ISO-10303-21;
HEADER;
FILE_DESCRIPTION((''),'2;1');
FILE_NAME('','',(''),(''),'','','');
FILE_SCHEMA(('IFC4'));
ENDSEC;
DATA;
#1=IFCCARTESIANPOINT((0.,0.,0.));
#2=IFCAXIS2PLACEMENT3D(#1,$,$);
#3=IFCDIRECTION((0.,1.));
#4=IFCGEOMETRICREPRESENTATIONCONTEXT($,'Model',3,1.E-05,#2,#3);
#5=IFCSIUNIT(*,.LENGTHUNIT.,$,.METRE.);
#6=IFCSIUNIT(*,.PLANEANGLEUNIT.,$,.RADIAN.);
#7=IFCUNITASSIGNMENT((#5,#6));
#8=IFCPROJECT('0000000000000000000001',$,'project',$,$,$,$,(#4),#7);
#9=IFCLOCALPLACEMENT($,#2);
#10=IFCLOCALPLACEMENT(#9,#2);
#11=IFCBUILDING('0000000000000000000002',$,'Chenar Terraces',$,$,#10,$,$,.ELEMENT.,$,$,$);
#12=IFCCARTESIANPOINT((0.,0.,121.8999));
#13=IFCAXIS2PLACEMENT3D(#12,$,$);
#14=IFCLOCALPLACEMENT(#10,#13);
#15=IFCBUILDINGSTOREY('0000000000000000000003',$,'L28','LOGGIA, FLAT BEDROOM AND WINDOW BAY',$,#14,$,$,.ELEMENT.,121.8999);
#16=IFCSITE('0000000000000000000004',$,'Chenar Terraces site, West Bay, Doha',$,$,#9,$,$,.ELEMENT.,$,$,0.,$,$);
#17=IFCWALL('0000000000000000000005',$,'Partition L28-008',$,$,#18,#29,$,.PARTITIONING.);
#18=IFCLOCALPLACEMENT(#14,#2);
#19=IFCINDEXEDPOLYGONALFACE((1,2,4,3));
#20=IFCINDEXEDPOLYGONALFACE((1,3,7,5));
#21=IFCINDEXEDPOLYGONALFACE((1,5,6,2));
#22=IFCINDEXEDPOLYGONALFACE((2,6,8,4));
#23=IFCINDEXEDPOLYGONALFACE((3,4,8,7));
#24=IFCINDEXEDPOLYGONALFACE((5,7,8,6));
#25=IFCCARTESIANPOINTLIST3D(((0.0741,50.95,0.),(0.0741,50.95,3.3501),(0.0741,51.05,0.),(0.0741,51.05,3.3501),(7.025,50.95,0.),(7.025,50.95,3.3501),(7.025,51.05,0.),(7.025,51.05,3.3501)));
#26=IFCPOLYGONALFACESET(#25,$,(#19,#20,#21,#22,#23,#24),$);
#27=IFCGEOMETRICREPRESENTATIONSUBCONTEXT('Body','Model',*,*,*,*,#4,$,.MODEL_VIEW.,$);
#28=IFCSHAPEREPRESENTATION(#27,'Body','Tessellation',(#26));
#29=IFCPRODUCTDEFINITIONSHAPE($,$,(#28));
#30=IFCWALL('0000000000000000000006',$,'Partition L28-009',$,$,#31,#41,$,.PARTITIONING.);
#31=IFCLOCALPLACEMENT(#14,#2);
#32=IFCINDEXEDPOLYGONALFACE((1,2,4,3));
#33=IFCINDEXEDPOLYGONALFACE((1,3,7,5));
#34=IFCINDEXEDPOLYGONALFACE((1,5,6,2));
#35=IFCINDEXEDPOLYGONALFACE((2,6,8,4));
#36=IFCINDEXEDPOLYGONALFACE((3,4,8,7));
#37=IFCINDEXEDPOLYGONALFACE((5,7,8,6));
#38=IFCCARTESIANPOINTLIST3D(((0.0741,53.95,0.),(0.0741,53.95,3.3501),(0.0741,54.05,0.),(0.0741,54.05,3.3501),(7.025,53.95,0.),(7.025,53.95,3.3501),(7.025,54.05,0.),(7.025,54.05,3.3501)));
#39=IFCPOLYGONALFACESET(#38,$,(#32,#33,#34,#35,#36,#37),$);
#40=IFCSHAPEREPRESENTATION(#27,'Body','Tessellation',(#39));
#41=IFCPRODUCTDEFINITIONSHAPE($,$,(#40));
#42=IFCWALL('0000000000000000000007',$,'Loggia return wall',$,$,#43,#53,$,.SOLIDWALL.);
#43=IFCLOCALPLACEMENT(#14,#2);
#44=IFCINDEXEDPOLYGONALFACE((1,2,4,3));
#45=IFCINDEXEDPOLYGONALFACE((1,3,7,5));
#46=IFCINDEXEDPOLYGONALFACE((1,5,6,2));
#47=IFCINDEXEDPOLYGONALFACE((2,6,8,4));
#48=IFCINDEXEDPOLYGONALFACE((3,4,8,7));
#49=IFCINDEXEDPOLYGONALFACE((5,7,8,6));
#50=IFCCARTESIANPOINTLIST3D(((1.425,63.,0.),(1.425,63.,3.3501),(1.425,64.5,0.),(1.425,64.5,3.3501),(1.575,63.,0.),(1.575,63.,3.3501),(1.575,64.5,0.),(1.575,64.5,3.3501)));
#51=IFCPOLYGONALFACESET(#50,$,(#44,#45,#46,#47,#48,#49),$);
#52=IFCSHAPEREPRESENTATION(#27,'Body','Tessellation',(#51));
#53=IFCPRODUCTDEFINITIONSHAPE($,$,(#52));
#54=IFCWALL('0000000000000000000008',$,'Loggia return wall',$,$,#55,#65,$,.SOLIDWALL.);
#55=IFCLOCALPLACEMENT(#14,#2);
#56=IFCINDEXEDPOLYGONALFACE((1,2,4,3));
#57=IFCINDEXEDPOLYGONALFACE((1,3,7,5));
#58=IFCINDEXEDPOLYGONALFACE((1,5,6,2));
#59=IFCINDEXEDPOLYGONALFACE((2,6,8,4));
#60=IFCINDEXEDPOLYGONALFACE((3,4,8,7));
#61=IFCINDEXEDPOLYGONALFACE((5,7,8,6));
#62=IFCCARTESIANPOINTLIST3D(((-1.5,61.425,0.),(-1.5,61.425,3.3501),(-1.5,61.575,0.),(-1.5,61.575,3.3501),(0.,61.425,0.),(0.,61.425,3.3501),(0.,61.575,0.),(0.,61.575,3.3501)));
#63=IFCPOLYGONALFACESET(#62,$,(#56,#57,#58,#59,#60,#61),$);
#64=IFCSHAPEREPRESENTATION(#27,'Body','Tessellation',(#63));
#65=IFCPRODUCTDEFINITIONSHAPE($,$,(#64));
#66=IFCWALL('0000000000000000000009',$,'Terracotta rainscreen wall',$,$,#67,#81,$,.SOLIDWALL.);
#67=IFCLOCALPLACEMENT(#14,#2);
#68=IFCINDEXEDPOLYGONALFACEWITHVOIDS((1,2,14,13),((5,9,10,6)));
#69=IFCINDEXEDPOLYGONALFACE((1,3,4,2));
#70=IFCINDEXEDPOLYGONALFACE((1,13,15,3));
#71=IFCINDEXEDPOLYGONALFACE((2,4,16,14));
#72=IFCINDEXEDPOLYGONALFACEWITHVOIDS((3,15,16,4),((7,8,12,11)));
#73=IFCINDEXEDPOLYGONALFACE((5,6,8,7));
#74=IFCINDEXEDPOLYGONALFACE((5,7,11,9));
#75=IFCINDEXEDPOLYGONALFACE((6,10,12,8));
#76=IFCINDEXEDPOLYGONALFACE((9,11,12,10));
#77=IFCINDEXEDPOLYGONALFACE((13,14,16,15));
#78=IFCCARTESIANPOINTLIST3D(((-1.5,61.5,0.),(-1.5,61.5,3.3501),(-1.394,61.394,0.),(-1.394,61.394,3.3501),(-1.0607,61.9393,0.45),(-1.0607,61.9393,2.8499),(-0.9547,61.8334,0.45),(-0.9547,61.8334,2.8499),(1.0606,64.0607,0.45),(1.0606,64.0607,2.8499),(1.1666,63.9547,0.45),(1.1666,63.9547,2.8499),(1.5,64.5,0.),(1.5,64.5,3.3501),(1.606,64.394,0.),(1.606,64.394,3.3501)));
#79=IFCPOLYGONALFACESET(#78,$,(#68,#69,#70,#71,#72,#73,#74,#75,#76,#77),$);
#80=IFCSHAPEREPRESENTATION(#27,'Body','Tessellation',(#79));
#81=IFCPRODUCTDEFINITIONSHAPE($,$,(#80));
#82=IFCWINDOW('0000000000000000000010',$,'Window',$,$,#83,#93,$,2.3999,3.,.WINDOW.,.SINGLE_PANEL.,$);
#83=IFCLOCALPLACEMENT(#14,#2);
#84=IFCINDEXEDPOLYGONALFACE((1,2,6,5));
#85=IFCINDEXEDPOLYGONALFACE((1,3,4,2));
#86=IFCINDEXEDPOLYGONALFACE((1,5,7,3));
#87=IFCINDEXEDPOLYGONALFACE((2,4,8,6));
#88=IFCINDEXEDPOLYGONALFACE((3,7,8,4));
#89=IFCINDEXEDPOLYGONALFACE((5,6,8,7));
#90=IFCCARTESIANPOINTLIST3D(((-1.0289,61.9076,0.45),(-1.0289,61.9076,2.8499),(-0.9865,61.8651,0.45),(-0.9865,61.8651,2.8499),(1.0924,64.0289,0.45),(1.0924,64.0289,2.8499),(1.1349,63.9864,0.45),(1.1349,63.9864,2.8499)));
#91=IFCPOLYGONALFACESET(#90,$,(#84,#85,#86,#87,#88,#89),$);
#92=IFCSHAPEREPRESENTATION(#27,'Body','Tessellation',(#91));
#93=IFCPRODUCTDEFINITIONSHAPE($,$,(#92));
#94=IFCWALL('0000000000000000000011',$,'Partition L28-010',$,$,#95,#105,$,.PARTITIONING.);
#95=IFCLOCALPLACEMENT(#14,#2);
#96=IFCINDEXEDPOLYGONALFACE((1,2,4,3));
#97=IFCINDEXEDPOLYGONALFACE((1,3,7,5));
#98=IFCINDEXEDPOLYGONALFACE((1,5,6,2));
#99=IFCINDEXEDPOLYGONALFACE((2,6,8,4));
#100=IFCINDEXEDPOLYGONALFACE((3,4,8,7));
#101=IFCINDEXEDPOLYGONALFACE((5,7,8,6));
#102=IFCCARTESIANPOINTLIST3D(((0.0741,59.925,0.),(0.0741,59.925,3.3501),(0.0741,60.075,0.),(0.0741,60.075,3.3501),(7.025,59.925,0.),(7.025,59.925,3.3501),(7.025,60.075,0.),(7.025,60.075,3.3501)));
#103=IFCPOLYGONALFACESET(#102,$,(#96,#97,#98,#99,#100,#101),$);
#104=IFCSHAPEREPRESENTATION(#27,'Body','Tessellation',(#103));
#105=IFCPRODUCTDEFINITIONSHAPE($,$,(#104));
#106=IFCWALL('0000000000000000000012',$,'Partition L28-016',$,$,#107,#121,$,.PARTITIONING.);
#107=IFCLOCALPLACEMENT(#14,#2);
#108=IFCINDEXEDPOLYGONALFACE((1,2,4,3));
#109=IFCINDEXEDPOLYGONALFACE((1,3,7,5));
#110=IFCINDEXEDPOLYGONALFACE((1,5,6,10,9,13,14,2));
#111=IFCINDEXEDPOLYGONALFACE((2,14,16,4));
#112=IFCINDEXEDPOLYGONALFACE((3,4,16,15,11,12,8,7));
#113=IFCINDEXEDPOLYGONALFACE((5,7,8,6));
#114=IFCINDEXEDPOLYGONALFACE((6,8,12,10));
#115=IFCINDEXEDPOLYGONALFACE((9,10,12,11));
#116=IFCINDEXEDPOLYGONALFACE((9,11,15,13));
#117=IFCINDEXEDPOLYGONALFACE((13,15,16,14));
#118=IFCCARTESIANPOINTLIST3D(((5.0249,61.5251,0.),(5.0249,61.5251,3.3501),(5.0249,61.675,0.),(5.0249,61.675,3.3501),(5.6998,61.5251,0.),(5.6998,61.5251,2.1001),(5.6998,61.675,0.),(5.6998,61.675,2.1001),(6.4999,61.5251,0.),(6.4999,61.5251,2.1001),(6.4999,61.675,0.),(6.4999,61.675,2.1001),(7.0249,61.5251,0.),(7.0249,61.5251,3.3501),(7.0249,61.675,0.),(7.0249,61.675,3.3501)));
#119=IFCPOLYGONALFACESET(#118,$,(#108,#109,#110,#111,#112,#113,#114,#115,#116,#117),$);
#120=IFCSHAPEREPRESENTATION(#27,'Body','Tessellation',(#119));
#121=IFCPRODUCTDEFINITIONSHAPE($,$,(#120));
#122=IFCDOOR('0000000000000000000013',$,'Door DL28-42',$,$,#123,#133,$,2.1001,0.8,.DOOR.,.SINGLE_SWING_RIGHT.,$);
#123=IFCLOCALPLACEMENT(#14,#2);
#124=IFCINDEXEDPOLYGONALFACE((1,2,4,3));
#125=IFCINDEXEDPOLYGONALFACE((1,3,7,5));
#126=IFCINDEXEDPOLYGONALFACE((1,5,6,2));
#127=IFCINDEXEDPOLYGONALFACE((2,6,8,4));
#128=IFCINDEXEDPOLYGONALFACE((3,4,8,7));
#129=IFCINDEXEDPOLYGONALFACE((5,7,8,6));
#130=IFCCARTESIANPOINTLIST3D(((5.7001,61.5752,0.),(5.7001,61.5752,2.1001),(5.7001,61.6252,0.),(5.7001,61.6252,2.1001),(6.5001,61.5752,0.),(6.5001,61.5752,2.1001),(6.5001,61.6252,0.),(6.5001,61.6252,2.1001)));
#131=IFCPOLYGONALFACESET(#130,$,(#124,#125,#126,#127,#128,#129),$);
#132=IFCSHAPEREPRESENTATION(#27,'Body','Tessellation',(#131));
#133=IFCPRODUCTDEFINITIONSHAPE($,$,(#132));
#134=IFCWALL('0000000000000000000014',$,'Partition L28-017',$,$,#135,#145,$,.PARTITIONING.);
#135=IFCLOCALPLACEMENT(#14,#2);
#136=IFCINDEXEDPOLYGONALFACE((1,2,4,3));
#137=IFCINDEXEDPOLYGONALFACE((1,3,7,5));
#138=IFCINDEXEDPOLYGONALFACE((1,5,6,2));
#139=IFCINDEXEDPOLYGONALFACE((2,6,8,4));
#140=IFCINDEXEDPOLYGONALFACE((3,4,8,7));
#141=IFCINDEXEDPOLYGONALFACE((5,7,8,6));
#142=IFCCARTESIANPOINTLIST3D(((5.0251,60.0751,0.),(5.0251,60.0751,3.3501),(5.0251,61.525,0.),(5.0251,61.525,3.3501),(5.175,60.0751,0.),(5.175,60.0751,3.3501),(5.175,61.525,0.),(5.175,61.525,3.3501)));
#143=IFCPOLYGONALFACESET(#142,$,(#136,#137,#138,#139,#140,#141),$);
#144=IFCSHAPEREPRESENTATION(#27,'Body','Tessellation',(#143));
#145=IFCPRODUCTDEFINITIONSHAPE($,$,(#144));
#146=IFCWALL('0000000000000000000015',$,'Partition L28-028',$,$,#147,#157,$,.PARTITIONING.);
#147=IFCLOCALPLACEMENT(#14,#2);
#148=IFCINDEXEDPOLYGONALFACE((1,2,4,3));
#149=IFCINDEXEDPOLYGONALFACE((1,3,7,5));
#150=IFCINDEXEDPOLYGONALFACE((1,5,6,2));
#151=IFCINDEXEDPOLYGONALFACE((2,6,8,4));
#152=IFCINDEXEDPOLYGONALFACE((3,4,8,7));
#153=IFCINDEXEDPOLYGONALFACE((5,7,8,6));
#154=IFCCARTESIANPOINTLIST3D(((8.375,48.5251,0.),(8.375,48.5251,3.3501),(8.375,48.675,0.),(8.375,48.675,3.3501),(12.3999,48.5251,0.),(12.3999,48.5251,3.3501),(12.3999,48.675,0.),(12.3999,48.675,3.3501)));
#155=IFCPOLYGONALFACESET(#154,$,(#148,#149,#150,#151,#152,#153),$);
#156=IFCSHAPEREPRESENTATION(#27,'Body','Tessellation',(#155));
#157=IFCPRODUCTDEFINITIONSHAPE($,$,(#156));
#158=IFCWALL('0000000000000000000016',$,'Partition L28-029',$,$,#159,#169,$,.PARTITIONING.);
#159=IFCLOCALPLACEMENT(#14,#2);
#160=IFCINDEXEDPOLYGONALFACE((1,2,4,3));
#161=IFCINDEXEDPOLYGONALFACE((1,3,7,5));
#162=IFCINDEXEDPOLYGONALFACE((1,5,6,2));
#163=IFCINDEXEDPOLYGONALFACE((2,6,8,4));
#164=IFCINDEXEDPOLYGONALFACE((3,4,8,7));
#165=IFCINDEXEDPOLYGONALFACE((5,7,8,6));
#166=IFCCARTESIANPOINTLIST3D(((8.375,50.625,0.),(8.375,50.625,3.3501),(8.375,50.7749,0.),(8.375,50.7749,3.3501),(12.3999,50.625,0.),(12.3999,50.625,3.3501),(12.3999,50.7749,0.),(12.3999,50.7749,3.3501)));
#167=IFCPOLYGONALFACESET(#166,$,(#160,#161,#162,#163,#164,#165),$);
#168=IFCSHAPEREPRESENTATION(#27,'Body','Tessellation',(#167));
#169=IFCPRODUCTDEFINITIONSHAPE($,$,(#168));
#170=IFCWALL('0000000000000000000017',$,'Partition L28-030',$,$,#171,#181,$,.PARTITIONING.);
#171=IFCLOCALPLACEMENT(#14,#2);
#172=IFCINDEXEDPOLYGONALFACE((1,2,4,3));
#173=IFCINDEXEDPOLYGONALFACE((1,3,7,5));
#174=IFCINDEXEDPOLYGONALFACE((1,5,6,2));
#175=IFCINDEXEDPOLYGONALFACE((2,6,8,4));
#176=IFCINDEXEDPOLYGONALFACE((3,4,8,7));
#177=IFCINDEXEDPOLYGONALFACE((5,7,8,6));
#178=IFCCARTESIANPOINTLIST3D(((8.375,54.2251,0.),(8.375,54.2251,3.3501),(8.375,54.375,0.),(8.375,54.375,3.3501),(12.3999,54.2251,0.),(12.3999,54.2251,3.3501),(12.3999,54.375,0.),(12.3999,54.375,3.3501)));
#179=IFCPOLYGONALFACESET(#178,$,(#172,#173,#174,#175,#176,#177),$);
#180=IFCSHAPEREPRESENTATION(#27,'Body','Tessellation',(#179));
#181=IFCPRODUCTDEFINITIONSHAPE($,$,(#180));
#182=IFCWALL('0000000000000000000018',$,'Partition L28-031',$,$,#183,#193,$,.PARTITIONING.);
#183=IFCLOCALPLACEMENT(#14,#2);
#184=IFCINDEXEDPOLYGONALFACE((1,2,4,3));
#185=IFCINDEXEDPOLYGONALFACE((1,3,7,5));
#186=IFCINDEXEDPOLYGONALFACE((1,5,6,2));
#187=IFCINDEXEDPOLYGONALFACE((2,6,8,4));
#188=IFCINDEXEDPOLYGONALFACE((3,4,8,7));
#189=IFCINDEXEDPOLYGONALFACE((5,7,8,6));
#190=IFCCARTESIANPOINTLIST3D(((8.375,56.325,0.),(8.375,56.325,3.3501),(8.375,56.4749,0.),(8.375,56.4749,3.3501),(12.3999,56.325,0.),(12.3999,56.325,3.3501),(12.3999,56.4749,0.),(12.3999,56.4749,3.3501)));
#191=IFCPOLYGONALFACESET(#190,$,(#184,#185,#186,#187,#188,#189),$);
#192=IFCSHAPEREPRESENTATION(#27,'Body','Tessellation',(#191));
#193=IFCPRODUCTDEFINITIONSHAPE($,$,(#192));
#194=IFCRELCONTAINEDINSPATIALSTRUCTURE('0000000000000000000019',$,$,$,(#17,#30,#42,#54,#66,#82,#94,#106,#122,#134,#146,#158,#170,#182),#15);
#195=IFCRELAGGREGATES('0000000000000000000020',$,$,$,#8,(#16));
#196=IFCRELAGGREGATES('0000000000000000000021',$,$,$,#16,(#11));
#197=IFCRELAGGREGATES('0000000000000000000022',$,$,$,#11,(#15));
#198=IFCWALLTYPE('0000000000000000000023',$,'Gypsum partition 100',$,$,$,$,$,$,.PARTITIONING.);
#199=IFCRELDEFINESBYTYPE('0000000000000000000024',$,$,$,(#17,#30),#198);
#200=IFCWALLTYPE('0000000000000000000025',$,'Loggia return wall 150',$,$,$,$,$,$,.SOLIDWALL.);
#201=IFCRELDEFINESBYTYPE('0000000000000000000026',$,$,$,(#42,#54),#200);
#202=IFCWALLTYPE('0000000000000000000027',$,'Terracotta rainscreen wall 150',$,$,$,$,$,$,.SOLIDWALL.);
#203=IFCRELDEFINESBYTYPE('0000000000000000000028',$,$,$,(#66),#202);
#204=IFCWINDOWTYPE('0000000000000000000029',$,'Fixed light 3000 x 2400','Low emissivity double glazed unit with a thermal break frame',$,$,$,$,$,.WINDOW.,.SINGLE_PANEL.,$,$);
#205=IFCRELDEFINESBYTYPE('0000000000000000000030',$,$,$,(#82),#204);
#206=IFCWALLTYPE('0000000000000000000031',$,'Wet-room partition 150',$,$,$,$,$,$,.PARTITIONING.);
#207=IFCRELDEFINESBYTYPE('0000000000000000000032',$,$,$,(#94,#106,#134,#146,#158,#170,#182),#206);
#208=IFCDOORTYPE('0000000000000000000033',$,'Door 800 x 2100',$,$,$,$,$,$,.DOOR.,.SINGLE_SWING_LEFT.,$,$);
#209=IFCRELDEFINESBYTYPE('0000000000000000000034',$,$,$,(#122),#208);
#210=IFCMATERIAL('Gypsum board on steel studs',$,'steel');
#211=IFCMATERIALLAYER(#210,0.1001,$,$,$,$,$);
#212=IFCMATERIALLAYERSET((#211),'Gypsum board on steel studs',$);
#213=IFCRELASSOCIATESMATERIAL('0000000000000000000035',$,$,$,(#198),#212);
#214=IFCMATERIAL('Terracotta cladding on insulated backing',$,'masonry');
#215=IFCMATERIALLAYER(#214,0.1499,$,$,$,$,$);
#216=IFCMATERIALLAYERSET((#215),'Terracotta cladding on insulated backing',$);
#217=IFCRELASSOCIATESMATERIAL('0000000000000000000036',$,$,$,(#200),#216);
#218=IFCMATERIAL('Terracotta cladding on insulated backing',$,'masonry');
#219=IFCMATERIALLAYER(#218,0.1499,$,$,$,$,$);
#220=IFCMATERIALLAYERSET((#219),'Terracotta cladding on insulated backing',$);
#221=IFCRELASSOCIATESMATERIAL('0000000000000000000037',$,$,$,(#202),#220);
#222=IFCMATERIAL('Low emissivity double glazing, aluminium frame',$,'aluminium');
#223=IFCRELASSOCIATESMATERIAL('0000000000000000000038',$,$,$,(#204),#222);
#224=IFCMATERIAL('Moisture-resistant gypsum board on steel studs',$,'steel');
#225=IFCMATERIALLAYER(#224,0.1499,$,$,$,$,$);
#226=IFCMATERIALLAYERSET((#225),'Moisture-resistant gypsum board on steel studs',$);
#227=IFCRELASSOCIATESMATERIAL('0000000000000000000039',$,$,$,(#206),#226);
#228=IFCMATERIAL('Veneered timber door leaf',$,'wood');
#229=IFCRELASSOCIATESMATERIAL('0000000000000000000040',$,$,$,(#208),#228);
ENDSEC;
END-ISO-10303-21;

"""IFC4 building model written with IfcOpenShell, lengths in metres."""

from ifc_helpers import new_model, si_unit, direction, frame, frame_2d, origin, place, context, subcontext, project, spatial, rectangle, extrude, material, layer, layer_set, type_object, element, fill, save


model = new_model("IFC4")

# Units and contexts
model_context = context("Model", 3, precision=1e-05, world=origin(), true_north=direction((0.0, 1.0)))
body_context = subcontext(model_context, "Body", "Model", "MODEL_VIEW")
ifc_project = project(units=[si_unit("LENGTHUNIT", "METRE"), si_unit("PLANEANGLEUNIT", "RADIAN")], contexts=[model_context])

# Site, building, storey
site_placement = place(None, origin())
site = spatial("IfcSite", under=ifc_project, at=site_placement, Name="Chenar Terraces site, West Bay, Doha", CompositionType="ELEMENT", RefElevation=0.0)
building_placement = place(site_placement, origin())
building = spatial("IfcBuilding", under=site, at=building_placement, Name="Chenar Terraces", CompositionType="ELEMENT")
storey_placement = place(building_placement, frame((0.0, 0.0, 121.8999)))
storey = spatial("IfcBuildingStorey", under=building, at=storey_placement, Name="L28", Description="LOGGIA, FLAT BEDROOM AND WINDOW BAY", CompositionType="ELEMENT", Elevation=121.8999)

# Walls
ifc_material_1 = material(Name="Gypsum board on steel studs", Category="steel")
ifc_layer_1 = layer(ifc_material_1, 0.1001)
ifc_layer_set_1 = layer_set([ifc_layer_1], Name="Gypsum board on steel studs")
wall_type_1 = type_object("IfcWallType", Name="Gypsum partition 100", PredefinedType="PARTITIONING", material=ifc_layer_set_1)
for number, where, z_axis, x_axis, name in (
    (1, (0.074, 51.0, 0.0), (0.0, 0.0, 1.0), (1.0, 0.0, 0.0), "Partition L28-008"),
    (2, (0.074, 54.0, 0.0), (0.0, 0.0, 1.0), (1.0, 0.0, 0.0), "Partition L28-009"),
):
    element("IfcWall", number, at=place(storey_placement, frame(where, z_axis=z_axis, x_axis=x_axis)), inside=storey, type_object=wall_type_1, Name=name, PredefinedType="PARTITIONING", context=body_context, shape_type="SweptSolid", body=[
        extrude(rectangle(XDim=6.9509, YDim=0.1001, at=frame_2d((3.4756, 0.0))), origin(), (0.0, 0.0, 1.0), 3.3501),
    ])
ifc_material_2 = material(Name="Terracotta cladding on insulated backing", Category="masonry")
ifc_layer_2 = layer(ifc_material_2, 0.1499)
ifc_layer_set_2 = layer_set([ifc_layer_2], Name="Terracotta cladding on insulated backing")
wall_type_2 = type_object("IfcWallType", Name="Loggia return wall 150", PredefinedType="SOLIDWALL", material=ifc_layer_set_2)
for number, where, z_axis, x_axis, name in (
    (3, (1.5, 64.5, 0.0), (0.0, 0.0, 1.0), (0.0, -1.0, 0.0), "Loggia return wall"),
    (4, (-1.5, 61.5, 0.0), (0.0, 0.0, 1.0), (1.0, 0.0, 0.0), "Loggia return wall"),
):
    element("IfcWall", number, at=place(storey_placement, frame(where, z_axis=z_axis, x_axis=x_axis)), inside=storey, type_object=wall_type_2, Name=name, PredefinedType="SOLIDWALL", context=body_context, shape_type="SweptSolid", body=[
        extrude(rectangle(XDim=1.5, YDim=0.1499, at=frame_2d((0.75, 0.0))), origin(), (0.0, 0.0, 1.0), 3.3501),
    ])

# Wall, opening, window
ifc_material_3 = material(Name="Terracotta cladding on insulated backing", Category="masonry")
ifc_layer_3 = layer(ifc_material_3, 0.1499)
ifc_layer_set_3 = layer_set([ifc_layer_3], Name="Terracotta cladding on insulated backing")
wall_type_3 = type_object("IfcWallType", Name="Terracotta rainscreen wall 150", PredefinedType="SOLIDWALL", material=ifc_layer_set_3)
wall_1_placement = place(storey_placement, frame((1.553, 64.447, 0.0), z_axis=(0.0, 0.0, 1.0), x_axis=(-0.707107, -0.707107, 0.0)))
wall_1 = element("IfcWall", 5, at=wall_1_placement, inside=storey, type_object=wall_type_3, Name="Terracotta rainscreen wall", PredefinedType="SOLIDWALL", context=body_context, shape_type="SweptSolid", body=[
    extrude(rectangle(XDim=4.2427, YDim=0.1499, at=frame_2d((2.1213, 0.0))), origin(), (0.0, 0.0, 1.0), 3.3501),
])
opening_1_placement = place(wall_1_placement, frame((0.6213, 0.0, 0.45)))
opening_1 = element("IfcOpeningElement", 6, at=opening_1_placement, cuts=wall_1, PredefinedType="OPENING", context=body_context, shape_type="SweptSolid", body=[
    extrude(rectangle(XDim=3.0, YDim=2.3999, at=frame_2d((1.5, 1.2))), frame((0.0, 0.085, 0.0), z_axis=(0.0, -1.0, 0.0), x_axis=(1.0, 0.0, 0.0)), (0.0, 0.0, 1.0), 0.1699),
])
ifc_material_4 = material(Name="Low emissivity double glazing, aluminium frame", Category="aluminium")
window_type_1 = type_object("IfcWindowType", Name="Fixed light 3000 x 2400", Description="Low emissivity double glazed unit with a thermal break frame", PartitioningType="SINGLE_PANEL", PredefinedType="WINDOW", material=ifc_material_4)
window_1_placement = place(opening_1_placement, origin())
window_1 = element("IfcWindow", 7, at=window_1_placement, inside=storey, type_object=window_type_1, Name="Window", OverallHeight=2.3999, OverallWidth=3.0, PartitioningType="SINGLE_PANEL", PredefinedType="WINDOW", context=body_context, shape_type="SweptSolid", body=[
    extrude(rectangle(XDim=3.0, YDim=2.3999, at=frame_2d((1.5, 1.2))), frame((0.0, 0.03, 0.0), z_axis=(0.0, -1.0, 0.0), x_axis=(1.0, 0.0, 0.0)), (0.0, 0.0, 1.0), 0.0601),
])
fill(opening_1, window_1)

# Wall
ifc_material_5 = material(Name="Moisture-resistant gypsum board on steel studs", Category="steel")
ifc_layer_4 = layer(ifc_material_5, 0.1499)
ifc_layer_set_4 = layer_set([ifc_layer_4], Name="Moisture-resistant gypsum board on steel studs")
wall_type_4 = type_object("IfcWallType", Name="Wet-room partition 150", PredefinedType="PARTITIONING", material=ifc_layer_set_4)
wall_2_placement = place(storey_placement, frame((0.074, 60.0, 0.0), z_axis=(0.0, 0.0, 1.0), x_axis=(1.0, 0.0, 0.0)))
element("IfcWall", 8, at=wall_2_placement, inside=storey, type_object=wall_type_4, Name="Partition L28-010", PredefinedType="PARTITIONING", context=body_context, shape_type="SweptSolid", body=[
    extrude(rectangle(XDim=6.9509, YDim=0.1499, at=frame_2d((3.4756, 0.0))), origin(), (0.0, 0.0, 1.0), 3.3501),
])

# Wall, opening, door
wall_3_placement = place(storey_placement, frame((5.0249, 61.6001, 0.0), z_axis=(0.0, 0.0, 1.0), x_axis=(1.0, 0.0, 0.0)))
wall_3 = element("IfcWall", 9, at=wall_3_placement, inside=storey, type_object=wall_type_4, Name="Partition L28-016", PredefinedType="PARTITIONING", context=body_context, shape_type="SweptSolid", body=[
    extrude(rectangle(XDim=2.0, YDim=0.1499, at=frame_2d((1.0, 0.0))), origin(), (0.0, 0.0, 1.0), 3.3501),
])
opening_2_placement = place(wall_3_placement, frame((0.675, 0.0, 0.0)))
opening_2 = element("IfcOpeningElement", 10, at=opening_2_placement, cuts=wall_3, PredefinedType="OPENING", context=body_context, shape_type="SweptSolid", body=[
    extrude(rectangle(XDim=0.8, YDim=2.1001, at=frame_2d((0.3999, 1.05))), frame((0.0, 0.085, 0.0), z_axis=(0.0, -1.0, 0.0), x_axis=(1.0, 0.0, 0.0)), (0.0, 0.0, 1.0), 0.1699),
])
ifc_material_6 = material(Name="Veneered timber door leaf", Category="wood")
door_type_1 = type_object("IfcDoorType", Name="Door 800 x 2100", OperationType="SINGLE_SWING_LEFT", PredefinedType="DOOR", material=ifc_material_6)
door_1_placement = place(opening_2_placement, frame((0.8, 0.0, 0.0), z_axis=(0.0, 0.0, 1.0), x_axis=(-1.0, 0.0, 0.0)))
door_1 = element("IfcDoor", 11, at=door_1_placement, inside=storey, type_object=door_type_1, Name="Door DL28-42", OperationType="SINGLE_SWING_RIGHT", OverallHeight=2.1001, OverallWidth=0.8, PredefinedType="DOOR", context=body_context, shape_type="SweptSolid", body=[
    extrude(rectangle(XDim=0.8, YDim=2.1001, at=frame_2d((0.3999, 1.05))), frame((0.0, 0.0249, 0.0), z_axis=(0.0, -1.0, 0.0), x_axis=(1.0, 0.0, 0.0)), (0.0, 0.0, 1.0), 0.05),
])
fill(opening_2, door_1)

# Walls
wall_4_placement = place(storey_placement, frame((5.1001, 60.075, 0.0), z_axis=(0.0, 0.0, 1.0), x_axis=(0.0, 1.0, 0.0)))
element("IfcWall", 12, at=wall_4_placement, inside=storey, type_object=wall_type_4, Name="Partition L28-017", PredefinedType="PARTITIONING", context=body_context, shape_type="SweptSolid", body=[
    extrude(rectangle(XDim=1.45, YDim=0.1499, at=frame_2d((0.7251, 0.0))), origin(), (0.0, 0.0, 1.0), 3.3501),
])
for number, where, z_axis, x_axis, name in (
    (13, (8.375, 48.6001, 0.0), (0.0, 0.0, 1.0), (1.0, 0.0, 0.0), "Partition L28-028"),
    (14, (8.375, 50.7, 0.0), (0.0, 0.0, 1.0), (1.0, 0.0, 0.0), "Partition L28-029"),
    (15, (8.375, 54.3, 0.0), (0.0, 0.0, 1.0), (1.0, 0.0, 0.0), "Partition L28-030"),
    (16, (8.375, 56.3999, 0.0), (0.0, 0.0, 1.0), (1.0, 0.0, 0.0), "Partition L28-031"),
):
    element("IfcWall", number, at=place(storey_placement, frame(where, z_axis=z_axis, x_axis=x_axis)), inside=storey, type_object=wall_type_4, Name=name, PredefinedType="PARTITIONING", context=body_context, shape_type="SweptSolid", body=[
        extrude(rectangle(XDim=4.0249, YDim=0.1499, at=frame_2d((2.0125, 0.0))), origin(), (0.0, 0.0, 1.0), 3.3501),
    ])

save(model, "model.ifc")
